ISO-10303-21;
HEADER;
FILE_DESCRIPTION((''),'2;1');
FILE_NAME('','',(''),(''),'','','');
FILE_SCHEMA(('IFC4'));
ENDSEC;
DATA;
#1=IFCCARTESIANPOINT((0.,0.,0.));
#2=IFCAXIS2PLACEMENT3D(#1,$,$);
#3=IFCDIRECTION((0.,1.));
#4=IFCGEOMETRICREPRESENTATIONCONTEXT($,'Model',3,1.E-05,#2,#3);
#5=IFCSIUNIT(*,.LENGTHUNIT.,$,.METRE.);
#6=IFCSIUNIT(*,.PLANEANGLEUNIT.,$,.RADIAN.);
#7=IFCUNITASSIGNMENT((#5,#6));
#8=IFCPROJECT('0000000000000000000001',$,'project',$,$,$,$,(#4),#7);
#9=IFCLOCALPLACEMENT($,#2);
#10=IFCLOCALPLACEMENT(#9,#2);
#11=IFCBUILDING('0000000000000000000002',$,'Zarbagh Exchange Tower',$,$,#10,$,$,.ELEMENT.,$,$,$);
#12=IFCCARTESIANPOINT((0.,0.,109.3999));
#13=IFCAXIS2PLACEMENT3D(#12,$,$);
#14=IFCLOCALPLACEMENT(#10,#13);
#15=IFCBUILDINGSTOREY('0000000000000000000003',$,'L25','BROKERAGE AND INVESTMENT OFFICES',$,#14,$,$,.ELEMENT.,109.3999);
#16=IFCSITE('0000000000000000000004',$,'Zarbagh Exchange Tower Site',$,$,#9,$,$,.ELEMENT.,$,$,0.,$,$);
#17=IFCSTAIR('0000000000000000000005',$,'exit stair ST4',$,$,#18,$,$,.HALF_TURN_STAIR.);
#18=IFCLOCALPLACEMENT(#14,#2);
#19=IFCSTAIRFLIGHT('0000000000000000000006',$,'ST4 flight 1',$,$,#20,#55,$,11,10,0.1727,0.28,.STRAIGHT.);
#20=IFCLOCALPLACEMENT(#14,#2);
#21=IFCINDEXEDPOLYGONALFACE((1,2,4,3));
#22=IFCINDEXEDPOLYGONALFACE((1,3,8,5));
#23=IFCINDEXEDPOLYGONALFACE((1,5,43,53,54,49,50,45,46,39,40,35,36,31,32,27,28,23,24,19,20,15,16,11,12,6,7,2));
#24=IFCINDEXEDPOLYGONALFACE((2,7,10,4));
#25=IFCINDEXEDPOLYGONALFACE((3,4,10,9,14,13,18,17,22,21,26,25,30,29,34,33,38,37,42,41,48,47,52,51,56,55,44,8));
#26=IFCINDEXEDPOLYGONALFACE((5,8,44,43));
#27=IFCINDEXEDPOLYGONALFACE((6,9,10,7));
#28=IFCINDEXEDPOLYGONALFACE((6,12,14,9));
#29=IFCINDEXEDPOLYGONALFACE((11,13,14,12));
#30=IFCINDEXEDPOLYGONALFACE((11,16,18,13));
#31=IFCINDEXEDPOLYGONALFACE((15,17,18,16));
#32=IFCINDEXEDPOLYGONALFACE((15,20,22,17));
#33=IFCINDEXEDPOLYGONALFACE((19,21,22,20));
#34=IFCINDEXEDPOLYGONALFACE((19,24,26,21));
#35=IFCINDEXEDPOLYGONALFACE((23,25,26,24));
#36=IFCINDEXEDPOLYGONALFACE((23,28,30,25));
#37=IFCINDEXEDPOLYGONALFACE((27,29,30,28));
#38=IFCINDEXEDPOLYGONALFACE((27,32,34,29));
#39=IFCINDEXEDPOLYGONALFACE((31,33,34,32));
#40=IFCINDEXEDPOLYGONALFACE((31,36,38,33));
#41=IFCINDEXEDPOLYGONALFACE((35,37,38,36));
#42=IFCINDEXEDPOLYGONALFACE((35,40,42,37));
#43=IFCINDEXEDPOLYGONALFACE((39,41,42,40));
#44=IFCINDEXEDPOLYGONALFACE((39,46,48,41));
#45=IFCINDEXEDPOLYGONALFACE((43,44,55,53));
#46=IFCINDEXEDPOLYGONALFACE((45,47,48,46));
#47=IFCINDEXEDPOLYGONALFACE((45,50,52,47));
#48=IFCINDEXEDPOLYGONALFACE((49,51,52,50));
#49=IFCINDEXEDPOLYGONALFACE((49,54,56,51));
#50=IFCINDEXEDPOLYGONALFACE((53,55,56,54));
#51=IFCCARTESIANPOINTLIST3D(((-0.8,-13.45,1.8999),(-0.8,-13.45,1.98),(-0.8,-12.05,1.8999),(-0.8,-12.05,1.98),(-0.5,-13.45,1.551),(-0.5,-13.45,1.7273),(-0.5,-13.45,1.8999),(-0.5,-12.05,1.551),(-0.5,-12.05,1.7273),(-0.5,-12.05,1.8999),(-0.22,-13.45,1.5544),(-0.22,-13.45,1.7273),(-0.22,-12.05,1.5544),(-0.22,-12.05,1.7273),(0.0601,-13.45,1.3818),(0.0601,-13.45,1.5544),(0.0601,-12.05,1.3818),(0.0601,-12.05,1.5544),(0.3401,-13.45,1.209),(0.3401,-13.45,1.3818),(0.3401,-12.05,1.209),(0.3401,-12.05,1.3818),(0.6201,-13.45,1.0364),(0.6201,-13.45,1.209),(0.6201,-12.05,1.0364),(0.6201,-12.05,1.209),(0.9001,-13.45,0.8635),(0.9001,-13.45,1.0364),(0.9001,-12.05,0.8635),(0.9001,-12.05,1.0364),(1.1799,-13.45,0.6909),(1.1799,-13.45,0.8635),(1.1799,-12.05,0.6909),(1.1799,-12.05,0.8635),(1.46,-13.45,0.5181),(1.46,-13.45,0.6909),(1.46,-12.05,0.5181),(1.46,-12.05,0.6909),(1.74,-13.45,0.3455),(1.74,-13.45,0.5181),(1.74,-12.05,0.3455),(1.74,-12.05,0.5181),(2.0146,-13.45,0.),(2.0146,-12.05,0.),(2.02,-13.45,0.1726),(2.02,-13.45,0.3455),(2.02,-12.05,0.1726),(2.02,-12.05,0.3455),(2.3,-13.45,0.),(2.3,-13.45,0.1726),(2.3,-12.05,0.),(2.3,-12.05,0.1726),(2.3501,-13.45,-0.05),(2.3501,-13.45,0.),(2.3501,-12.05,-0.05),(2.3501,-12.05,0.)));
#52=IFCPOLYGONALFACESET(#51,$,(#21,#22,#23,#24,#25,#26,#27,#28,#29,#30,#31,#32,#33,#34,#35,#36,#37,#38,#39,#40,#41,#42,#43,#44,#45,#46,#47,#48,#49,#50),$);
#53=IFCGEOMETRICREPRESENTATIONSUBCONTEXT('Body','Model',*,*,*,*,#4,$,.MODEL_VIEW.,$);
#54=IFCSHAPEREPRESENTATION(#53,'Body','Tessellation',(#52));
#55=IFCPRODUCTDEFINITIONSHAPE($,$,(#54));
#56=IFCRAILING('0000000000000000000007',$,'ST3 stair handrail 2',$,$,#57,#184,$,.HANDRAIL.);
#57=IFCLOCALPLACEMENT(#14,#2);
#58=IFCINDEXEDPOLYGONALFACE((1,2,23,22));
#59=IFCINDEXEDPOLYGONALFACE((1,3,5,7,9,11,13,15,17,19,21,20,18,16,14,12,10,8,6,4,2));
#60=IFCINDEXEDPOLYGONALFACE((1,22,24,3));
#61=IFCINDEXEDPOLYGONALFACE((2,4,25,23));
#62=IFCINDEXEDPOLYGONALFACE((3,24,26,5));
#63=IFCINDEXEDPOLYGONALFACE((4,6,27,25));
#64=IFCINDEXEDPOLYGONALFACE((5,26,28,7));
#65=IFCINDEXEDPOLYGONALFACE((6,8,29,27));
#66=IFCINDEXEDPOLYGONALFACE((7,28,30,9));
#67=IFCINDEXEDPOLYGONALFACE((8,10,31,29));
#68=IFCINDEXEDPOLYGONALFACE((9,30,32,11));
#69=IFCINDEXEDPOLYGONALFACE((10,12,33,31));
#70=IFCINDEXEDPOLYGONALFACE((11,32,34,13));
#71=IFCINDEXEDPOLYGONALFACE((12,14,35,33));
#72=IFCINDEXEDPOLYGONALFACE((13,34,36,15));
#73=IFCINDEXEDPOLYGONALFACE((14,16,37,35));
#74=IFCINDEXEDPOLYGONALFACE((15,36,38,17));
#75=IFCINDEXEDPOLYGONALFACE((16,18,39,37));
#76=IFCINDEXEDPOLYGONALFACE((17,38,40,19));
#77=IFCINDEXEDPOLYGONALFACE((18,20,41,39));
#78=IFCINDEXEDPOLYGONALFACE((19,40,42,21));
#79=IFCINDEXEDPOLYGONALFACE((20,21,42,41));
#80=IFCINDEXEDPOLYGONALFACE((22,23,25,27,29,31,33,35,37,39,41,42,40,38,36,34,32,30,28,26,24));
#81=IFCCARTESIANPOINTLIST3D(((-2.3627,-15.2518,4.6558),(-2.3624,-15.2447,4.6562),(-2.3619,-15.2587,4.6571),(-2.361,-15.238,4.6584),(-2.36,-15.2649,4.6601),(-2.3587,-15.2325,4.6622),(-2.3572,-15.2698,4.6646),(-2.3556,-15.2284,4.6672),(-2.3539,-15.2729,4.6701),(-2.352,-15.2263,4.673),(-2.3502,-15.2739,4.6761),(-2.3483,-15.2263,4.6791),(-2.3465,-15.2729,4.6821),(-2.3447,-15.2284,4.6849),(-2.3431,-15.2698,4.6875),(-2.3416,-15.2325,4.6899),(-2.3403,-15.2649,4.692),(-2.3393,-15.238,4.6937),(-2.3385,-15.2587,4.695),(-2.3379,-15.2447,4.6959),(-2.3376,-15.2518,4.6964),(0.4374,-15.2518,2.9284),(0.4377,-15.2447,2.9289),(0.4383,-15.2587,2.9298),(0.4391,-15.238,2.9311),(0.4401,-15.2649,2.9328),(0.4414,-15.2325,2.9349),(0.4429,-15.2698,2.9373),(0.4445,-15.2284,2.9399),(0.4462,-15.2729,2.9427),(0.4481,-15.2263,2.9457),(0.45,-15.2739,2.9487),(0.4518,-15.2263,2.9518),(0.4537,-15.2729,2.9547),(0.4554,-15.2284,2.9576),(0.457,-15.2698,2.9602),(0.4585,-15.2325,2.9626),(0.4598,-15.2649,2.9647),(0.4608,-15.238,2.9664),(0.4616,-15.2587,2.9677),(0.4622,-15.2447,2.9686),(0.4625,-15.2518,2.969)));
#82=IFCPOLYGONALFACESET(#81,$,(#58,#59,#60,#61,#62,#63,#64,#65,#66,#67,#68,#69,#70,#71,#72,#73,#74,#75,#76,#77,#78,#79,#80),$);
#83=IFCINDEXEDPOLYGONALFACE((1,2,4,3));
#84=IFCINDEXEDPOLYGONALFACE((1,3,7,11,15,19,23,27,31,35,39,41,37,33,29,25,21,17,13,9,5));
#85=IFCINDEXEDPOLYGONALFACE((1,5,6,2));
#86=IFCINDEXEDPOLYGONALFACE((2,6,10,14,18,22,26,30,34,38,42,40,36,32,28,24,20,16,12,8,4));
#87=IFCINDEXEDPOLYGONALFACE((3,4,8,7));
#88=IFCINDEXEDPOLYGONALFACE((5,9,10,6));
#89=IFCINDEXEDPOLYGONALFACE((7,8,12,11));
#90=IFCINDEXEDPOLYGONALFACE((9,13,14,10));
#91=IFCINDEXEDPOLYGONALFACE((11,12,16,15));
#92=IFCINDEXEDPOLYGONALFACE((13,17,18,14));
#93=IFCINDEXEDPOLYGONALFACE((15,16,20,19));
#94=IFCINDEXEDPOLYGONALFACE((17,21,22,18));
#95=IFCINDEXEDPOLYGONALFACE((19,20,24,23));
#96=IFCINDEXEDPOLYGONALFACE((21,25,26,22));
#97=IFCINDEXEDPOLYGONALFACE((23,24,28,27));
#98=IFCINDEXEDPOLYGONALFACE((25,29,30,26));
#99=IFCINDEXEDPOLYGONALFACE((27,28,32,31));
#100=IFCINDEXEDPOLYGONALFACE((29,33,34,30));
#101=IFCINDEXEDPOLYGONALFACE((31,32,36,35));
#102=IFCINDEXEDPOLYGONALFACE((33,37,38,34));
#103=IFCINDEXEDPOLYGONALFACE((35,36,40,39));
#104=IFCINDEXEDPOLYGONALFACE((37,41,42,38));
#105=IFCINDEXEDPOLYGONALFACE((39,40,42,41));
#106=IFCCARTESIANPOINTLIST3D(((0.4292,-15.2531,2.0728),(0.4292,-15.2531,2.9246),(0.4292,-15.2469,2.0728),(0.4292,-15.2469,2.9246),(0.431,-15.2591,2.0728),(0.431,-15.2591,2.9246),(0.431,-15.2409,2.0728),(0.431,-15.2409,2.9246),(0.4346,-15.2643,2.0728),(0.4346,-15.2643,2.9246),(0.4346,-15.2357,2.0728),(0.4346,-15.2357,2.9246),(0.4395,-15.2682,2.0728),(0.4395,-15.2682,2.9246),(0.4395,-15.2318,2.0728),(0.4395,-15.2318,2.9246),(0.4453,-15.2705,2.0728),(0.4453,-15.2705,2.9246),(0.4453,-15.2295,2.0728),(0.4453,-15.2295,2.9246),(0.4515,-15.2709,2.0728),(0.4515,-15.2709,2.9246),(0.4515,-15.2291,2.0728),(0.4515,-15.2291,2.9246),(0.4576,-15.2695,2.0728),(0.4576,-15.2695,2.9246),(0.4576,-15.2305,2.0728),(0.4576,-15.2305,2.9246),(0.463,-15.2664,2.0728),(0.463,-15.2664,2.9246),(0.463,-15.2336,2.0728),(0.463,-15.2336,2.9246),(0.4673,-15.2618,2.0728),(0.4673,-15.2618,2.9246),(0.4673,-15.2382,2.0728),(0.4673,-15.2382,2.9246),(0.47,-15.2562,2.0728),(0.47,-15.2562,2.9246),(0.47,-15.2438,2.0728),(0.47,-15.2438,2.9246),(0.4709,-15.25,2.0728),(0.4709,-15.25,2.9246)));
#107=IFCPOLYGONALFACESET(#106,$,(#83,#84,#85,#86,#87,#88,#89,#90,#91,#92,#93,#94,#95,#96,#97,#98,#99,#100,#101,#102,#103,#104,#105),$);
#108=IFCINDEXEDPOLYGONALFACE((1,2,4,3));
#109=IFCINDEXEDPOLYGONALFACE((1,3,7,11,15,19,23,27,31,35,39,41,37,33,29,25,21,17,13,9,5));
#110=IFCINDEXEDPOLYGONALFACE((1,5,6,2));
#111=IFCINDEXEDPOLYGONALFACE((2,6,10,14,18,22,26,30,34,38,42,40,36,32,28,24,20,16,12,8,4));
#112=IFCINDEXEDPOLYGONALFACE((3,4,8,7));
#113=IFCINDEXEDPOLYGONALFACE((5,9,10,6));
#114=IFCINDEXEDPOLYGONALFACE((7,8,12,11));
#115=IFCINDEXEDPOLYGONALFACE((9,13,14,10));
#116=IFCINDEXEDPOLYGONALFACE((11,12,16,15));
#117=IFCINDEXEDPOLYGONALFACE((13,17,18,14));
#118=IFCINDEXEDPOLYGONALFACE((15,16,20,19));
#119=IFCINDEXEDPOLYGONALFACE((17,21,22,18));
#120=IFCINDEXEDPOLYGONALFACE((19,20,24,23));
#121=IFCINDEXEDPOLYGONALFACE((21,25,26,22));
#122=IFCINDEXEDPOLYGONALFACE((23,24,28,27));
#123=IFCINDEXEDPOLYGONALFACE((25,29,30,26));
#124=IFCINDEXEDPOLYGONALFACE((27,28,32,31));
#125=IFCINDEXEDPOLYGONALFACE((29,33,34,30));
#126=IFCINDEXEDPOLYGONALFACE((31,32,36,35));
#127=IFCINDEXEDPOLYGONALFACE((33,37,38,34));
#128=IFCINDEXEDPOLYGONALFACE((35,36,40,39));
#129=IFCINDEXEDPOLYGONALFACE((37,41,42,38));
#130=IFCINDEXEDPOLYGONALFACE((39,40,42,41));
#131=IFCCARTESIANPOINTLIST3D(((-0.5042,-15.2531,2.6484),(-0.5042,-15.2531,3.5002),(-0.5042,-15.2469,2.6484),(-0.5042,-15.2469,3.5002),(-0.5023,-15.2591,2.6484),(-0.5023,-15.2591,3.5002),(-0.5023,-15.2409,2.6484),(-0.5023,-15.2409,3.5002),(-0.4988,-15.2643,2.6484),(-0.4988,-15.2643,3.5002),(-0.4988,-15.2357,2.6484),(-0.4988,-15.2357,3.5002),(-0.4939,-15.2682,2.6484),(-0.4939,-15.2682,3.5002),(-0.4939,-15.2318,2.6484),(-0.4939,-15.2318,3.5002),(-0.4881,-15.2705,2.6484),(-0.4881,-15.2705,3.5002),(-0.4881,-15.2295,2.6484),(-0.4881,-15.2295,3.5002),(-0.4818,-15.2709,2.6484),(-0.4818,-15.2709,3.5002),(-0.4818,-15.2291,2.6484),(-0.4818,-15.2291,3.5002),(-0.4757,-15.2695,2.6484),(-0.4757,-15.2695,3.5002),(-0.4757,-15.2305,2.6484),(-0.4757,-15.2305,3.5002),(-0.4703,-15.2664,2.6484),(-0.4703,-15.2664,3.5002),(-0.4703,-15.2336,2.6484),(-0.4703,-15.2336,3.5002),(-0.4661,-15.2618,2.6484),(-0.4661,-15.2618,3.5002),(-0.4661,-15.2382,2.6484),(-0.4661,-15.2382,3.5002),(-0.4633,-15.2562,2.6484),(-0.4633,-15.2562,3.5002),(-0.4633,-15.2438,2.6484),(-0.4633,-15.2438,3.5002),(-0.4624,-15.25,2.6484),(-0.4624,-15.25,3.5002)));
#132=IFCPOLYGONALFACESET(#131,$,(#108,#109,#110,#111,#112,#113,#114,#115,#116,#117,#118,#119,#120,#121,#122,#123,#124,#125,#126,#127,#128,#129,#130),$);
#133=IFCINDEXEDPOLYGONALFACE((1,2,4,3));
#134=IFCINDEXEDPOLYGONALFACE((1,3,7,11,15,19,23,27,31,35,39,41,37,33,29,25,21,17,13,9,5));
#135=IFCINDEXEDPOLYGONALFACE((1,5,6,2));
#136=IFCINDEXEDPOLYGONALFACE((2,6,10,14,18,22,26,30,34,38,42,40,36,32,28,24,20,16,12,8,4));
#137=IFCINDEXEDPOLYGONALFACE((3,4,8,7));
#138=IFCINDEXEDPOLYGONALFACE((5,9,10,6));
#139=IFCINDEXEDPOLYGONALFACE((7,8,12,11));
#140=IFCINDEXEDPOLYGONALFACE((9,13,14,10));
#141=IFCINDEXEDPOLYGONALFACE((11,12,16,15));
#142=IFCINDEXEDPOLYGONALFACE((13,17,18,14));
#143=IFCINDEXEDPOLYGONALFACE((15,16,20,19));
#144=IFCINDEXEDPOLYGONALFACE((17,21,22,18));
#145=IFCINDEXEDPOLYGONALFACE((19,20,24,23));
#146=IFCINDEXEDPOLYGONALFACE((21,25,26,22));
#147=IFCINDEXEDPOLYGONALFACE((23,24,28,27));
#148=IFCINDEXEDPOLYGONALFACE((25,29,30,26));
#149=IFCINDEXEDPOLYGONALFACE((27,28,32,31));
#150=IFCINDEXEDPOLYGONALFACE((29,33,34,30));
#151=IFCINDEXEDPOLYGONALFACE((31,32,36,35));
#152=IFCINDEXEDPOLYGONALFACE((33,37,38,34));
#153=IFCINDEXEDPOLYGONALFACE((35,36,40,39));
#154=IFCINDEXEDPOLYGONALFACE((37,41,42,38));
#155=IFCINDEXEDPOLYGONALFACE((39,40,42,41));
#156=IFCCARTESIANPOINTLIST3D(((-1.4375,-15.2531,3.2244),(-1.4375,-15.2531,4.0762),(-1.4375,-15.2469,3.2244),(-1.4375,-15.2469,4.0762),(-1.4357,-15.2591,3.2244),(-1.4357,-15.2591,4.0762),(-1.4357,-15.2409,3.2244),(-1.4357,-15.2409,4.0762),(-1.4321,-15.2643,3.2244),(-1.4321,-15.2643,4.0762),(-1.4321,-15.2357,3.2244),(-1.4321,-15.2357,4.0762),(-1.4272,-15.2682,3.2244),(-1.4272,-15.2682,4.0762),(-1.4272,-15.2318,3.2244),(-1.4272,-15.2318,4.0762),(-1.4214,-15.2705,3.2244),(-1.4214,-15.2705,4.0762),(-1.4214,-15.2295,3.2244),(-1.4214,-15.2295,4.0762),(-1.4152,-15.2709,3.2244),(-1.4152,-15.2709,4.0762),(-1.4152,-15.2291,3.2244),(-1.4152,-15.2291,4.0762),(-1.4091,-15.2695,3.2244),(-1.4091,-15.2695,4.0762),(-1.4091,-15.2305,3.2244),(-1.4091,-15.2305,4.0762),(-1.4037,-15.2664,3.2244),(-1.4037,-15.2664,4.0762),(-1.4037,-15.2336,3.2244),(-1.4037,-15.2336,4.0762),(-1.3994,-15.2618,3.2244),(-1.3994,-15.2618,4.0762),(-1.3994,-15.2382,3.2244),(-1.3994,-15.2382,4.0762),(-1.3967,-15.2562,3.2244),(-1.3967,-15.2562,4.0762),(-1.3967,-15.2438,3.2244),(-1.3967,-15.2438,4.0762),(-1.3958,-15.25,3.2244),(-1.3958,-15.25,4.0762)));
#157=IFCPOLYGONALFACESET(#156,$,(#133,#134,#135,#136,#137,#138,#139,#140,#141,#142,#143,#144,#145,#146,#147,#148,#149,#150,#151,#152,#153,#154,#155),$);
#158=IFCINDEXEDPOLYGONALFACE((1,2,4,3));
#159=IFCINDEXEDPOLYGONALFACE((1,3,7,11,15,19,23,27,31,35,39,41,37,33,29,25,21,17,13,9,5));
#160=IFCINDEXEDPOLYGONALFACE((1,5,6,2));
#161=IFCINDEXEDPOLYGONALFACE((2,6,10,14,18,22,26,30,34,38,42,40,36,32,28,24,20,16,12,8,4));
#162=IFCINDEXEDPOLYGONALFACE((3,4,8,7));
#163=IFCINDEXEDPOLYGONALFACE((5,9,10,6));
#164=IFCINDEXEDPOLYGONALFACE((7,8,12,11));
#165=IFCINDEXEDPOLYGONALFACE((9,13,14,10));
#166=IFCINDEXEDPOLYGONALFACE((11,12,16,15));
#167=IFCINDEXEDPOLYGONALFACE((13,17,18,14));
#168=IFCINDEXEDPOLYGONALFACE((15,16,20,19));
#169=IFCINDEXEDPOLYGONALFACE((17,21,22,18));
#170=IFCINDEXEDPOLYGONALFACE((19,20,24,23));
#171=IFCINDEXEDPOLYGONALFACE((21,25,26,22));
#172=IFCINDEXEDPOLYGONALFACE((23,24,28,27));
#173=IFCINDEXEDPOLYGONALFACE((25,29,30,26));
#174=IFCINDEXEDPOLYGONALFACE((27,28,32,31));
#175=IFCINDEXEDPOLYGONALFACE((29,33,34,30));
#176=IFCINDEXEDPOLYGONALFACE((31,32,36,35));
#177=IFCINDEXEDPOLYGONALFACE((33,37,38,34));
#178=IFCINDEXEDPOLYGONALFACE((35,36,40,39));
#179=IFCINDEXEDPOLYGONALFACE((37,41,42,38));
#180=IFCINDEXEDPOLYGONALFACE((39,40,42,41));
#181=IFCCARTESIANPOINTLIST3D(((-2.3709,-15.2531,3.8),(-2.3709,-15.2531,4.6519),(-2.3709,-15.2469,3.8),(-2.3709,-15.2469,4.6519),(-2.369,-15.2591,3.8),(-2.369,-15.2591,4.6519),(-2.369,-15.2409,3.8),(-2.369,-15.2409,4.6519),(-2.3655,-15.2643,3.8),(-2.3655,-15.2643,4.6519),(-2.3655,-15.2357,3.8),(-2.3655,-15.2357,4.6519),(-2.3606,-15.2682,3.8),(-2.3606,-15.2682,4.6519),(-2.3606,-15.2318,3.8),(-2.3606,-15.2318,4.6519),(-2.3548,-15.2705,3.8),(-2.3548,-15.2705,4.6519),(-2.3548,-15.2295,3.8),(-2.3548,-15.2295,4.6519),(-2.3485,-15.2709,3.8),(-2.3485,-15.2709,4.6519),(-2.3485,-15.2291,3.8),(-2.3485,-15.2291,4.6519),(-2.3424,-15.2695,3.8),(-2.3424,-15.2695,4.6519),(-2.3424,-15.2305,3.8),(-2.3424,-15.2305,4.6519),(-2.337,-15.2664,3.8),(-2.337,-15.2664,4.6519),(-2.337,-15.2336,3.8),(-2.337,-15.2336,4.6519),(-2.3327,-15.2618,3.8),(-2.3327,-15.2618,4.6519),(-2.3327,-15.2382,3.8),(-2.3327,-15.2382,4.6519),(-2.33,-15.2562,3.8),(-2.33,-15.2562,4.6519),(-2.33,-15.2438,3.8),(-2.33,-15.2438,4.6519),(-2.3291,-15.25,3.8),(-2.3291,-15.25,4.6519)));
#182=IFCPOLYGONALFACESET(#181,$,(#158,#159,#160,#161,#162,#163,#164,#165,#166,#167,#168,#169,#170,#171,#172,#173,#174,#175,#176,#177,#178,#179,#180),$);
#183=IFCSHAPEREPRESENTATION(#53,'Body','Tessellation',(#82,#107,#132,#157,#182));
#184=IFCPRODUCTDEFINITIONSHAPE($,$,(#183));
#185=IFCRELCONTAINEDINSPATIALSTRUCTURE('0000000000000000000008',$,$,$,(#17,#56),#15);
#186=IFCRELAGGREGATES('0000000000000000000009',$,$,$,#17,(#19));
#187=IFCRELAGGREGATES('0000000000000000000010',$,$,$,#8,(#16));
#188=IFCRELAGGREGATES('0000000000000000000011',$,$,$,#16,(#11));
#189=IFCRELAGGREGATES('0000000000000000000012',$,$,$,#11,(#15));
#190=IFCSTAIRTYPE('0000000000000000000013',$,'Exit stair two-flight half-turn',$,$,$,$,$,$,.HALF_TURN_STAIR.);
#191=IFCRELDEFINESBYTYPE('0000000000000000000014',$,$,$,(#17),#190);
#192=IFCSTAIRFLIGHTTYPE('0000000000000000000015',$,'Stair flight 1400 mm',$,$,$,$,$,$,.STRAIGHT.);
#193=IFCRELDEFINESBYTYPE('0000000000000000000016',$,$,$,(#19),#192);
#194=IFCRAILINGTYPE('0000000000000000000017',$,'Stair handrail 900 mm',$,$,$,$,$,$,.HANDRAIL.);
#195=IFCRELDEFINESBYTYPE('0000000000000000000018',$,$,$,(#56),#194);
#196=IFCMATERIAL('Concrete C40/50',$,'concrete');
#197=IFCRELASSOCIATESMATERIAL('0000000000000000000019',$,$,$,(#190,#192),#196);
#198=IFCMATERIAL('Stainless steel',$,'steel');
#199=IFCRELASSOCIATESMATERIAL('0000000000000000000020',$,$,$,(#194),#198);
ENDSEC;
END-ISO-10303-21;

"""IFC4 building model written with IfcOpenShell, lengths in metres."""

from ifc_helpers import new_model, si_unit, direction, frame, origin, origin_2d, place, context, subcontext, project, spatial, polyline, circle, outline, extrude, material, type_object, element, aggregate, save


model = new_model("IFC4")

# Units and contexts
model_context = context("Model", 3, precision=1e-05, world=origin(), true_north=direction((0.0, 1.0)))
body_context = subcontext(model_context, "Body", "Model", "MODEL_VIEW")
ifc_project = project(units=[si_unit("LENGTHUNIT", "METRE"), si_unit("PLANEANGLEUNIT", "RADIAN")], contexts=[model_context])

# Site, building, storey
site_placement = place(None, origin())
site = spatial("IfcSite", under=ifc_project, at=site_placement, Name="Zarbagh Exchange Tower Site", CompositionType="ELEMENT", RefElevation=0.0)
building_placement = place(site_placement, origin())
building = spatial("IfcBuilding", under=site, at=building_placement, Name="Zarbagh Exchange Tower", CompositionType="ELEMENT")
storey_placement = place(building_placement, frame((0.0, 0.0, 109.3999)))
storey = spatial("IfcBuildingStorey", under=building, at=storey_placement, Name="L25", Description="BROKERAGE AND INVESTMENT OFFICES", CompositionType="ELEMENT", Elevation=109.3999)

# Shared definitions
ifc_material_1 = material(Name="Concrete C40/50", Category="concrete")

# Stair, stair flight
stair_type = type_object("IfcStairType", Name="Exit stair two-flight half-turn", PredefinedType="HALF_TURN_STAIR", material=ifc_material_1)
stair_1_placement = place(storey_placement, origin())
stair_1 = element("IfcStair", 1, at=stair_1_placement, inside=storey, type_object=stair_type, Name="exit stair ST4", PredefinedType="HALF_TURN_STAIR")
stair_flight_type_1 = type_object("IfcStairFlightType", Name="Stair flight 1400 mm", PredefinedType="STRAIGHT", material=ifc_material_1)
stair_flight_1_placement = place(storey_placement, frame((2.3, -12.75, 0.0), z_axis=(0.0, 0.0, 1.0), x_axis=(-1.0, 0.0, 0.0)))
stair_flight_1 = element("IfcStairFlight", 2, at=stair_flight_1_placement, type_object=stair_flight_type_1, Name="ST4 flight 1", NumberOfRisers=11, NumberOfTreads=10, PredefinedType="STRAIGHT", RiserHeight=0.1727, TreadLength=0.28, context=body_context, shape_type="SweptSolid", body=[
    extrude(outline(polyline([(-0.05, -0.05), (-0.05, 0.0), (0.0, 0.0), (0.0, 0.1726), (0.28, 0.1726), (0.28, 0.3455), (0.5601, 0.3455), (0.5601, 0.5181), (0.8401, 0.5181), (0.8401, 0.6909), (1.1201, 0.6909), (1.1201, 0.8635), (1.3999, 0.8635), (1.3999, 1.0364), (1.6799, 1.0364), (1.6799, 1.209), (1.96, 1.209), (1.96, 1.3818), (2.24, 1.3818), (2.24, 1.5544), (2.52, 1.5544), (2.52, 1.7273), (2.8, 1.7273), (2.8, 1.8999), (3.1001, 1.98), (3.1001, 1.8999), (2.8, 1.551), (0.2854, 0.0), (-0.05, -0.05)])), frame((0.0, 0.7, 0.0), z_axis=(0.0, -1.0, 0.0), x_axis=(1.0, 0.0, 0.0)), (0.0, 0.0, 1.0), 1.3999),
])
aggregate(stair_1, [stair_flight_1])

# Railing
ifc_material_2 = material(Name="Stainless steel", Category="steel")
railing_type_1 = type_object("IfcRailingType", Name="Stair handrail 900 mm", PredefinedType="HANDRAIL", material=ifc_material_2)
for number, where, name in (
    (3, (0.45, -15.25, 2.0728), "ST3 stair handrail 2"),
):
    element("IfcRailing", number, at=place(storey_placement, frame(where)), inside=storey, type_object=railing_type_1, Name=name, PredefinedType="HANDRAIL", context=body_context, shape_type="SweptSolid", body=[
        extrude(circle(Radius=0.0239, at=origin_2d()), frame((0.0, 0.0, 0.876), z_axis=(-0.85109, 0.0, 0.52502), x_axis=(0.0, -1.0, 0.0)), (0.0, 0.0, 1.0), 3.29),
        extrude(circle(Radius=0.021, at=origin_2d()), origin(), (0.0, 0.0, 1.0), 0.8518),
        extrude(circle(Radius=0.021, at=origin_2d()), frame((-0.9333, 0.0, 0.5757)), (0.0, 0.0, 1.0), 0.8518),
        extrude(circle(Radius=0.021, at=origin_2d()), frame((-1.8667, 0.0, 1.1516)), (0.0, 0.0, 1.0), 0.8518),
        extrude(circle(Radius=0.021, at=origin_2d()), frame((-2.8, 0.0, 1.7273)), (0.0, 0.0, 1.0), 0.8518),
    ])

save(model, "model.ifc")
